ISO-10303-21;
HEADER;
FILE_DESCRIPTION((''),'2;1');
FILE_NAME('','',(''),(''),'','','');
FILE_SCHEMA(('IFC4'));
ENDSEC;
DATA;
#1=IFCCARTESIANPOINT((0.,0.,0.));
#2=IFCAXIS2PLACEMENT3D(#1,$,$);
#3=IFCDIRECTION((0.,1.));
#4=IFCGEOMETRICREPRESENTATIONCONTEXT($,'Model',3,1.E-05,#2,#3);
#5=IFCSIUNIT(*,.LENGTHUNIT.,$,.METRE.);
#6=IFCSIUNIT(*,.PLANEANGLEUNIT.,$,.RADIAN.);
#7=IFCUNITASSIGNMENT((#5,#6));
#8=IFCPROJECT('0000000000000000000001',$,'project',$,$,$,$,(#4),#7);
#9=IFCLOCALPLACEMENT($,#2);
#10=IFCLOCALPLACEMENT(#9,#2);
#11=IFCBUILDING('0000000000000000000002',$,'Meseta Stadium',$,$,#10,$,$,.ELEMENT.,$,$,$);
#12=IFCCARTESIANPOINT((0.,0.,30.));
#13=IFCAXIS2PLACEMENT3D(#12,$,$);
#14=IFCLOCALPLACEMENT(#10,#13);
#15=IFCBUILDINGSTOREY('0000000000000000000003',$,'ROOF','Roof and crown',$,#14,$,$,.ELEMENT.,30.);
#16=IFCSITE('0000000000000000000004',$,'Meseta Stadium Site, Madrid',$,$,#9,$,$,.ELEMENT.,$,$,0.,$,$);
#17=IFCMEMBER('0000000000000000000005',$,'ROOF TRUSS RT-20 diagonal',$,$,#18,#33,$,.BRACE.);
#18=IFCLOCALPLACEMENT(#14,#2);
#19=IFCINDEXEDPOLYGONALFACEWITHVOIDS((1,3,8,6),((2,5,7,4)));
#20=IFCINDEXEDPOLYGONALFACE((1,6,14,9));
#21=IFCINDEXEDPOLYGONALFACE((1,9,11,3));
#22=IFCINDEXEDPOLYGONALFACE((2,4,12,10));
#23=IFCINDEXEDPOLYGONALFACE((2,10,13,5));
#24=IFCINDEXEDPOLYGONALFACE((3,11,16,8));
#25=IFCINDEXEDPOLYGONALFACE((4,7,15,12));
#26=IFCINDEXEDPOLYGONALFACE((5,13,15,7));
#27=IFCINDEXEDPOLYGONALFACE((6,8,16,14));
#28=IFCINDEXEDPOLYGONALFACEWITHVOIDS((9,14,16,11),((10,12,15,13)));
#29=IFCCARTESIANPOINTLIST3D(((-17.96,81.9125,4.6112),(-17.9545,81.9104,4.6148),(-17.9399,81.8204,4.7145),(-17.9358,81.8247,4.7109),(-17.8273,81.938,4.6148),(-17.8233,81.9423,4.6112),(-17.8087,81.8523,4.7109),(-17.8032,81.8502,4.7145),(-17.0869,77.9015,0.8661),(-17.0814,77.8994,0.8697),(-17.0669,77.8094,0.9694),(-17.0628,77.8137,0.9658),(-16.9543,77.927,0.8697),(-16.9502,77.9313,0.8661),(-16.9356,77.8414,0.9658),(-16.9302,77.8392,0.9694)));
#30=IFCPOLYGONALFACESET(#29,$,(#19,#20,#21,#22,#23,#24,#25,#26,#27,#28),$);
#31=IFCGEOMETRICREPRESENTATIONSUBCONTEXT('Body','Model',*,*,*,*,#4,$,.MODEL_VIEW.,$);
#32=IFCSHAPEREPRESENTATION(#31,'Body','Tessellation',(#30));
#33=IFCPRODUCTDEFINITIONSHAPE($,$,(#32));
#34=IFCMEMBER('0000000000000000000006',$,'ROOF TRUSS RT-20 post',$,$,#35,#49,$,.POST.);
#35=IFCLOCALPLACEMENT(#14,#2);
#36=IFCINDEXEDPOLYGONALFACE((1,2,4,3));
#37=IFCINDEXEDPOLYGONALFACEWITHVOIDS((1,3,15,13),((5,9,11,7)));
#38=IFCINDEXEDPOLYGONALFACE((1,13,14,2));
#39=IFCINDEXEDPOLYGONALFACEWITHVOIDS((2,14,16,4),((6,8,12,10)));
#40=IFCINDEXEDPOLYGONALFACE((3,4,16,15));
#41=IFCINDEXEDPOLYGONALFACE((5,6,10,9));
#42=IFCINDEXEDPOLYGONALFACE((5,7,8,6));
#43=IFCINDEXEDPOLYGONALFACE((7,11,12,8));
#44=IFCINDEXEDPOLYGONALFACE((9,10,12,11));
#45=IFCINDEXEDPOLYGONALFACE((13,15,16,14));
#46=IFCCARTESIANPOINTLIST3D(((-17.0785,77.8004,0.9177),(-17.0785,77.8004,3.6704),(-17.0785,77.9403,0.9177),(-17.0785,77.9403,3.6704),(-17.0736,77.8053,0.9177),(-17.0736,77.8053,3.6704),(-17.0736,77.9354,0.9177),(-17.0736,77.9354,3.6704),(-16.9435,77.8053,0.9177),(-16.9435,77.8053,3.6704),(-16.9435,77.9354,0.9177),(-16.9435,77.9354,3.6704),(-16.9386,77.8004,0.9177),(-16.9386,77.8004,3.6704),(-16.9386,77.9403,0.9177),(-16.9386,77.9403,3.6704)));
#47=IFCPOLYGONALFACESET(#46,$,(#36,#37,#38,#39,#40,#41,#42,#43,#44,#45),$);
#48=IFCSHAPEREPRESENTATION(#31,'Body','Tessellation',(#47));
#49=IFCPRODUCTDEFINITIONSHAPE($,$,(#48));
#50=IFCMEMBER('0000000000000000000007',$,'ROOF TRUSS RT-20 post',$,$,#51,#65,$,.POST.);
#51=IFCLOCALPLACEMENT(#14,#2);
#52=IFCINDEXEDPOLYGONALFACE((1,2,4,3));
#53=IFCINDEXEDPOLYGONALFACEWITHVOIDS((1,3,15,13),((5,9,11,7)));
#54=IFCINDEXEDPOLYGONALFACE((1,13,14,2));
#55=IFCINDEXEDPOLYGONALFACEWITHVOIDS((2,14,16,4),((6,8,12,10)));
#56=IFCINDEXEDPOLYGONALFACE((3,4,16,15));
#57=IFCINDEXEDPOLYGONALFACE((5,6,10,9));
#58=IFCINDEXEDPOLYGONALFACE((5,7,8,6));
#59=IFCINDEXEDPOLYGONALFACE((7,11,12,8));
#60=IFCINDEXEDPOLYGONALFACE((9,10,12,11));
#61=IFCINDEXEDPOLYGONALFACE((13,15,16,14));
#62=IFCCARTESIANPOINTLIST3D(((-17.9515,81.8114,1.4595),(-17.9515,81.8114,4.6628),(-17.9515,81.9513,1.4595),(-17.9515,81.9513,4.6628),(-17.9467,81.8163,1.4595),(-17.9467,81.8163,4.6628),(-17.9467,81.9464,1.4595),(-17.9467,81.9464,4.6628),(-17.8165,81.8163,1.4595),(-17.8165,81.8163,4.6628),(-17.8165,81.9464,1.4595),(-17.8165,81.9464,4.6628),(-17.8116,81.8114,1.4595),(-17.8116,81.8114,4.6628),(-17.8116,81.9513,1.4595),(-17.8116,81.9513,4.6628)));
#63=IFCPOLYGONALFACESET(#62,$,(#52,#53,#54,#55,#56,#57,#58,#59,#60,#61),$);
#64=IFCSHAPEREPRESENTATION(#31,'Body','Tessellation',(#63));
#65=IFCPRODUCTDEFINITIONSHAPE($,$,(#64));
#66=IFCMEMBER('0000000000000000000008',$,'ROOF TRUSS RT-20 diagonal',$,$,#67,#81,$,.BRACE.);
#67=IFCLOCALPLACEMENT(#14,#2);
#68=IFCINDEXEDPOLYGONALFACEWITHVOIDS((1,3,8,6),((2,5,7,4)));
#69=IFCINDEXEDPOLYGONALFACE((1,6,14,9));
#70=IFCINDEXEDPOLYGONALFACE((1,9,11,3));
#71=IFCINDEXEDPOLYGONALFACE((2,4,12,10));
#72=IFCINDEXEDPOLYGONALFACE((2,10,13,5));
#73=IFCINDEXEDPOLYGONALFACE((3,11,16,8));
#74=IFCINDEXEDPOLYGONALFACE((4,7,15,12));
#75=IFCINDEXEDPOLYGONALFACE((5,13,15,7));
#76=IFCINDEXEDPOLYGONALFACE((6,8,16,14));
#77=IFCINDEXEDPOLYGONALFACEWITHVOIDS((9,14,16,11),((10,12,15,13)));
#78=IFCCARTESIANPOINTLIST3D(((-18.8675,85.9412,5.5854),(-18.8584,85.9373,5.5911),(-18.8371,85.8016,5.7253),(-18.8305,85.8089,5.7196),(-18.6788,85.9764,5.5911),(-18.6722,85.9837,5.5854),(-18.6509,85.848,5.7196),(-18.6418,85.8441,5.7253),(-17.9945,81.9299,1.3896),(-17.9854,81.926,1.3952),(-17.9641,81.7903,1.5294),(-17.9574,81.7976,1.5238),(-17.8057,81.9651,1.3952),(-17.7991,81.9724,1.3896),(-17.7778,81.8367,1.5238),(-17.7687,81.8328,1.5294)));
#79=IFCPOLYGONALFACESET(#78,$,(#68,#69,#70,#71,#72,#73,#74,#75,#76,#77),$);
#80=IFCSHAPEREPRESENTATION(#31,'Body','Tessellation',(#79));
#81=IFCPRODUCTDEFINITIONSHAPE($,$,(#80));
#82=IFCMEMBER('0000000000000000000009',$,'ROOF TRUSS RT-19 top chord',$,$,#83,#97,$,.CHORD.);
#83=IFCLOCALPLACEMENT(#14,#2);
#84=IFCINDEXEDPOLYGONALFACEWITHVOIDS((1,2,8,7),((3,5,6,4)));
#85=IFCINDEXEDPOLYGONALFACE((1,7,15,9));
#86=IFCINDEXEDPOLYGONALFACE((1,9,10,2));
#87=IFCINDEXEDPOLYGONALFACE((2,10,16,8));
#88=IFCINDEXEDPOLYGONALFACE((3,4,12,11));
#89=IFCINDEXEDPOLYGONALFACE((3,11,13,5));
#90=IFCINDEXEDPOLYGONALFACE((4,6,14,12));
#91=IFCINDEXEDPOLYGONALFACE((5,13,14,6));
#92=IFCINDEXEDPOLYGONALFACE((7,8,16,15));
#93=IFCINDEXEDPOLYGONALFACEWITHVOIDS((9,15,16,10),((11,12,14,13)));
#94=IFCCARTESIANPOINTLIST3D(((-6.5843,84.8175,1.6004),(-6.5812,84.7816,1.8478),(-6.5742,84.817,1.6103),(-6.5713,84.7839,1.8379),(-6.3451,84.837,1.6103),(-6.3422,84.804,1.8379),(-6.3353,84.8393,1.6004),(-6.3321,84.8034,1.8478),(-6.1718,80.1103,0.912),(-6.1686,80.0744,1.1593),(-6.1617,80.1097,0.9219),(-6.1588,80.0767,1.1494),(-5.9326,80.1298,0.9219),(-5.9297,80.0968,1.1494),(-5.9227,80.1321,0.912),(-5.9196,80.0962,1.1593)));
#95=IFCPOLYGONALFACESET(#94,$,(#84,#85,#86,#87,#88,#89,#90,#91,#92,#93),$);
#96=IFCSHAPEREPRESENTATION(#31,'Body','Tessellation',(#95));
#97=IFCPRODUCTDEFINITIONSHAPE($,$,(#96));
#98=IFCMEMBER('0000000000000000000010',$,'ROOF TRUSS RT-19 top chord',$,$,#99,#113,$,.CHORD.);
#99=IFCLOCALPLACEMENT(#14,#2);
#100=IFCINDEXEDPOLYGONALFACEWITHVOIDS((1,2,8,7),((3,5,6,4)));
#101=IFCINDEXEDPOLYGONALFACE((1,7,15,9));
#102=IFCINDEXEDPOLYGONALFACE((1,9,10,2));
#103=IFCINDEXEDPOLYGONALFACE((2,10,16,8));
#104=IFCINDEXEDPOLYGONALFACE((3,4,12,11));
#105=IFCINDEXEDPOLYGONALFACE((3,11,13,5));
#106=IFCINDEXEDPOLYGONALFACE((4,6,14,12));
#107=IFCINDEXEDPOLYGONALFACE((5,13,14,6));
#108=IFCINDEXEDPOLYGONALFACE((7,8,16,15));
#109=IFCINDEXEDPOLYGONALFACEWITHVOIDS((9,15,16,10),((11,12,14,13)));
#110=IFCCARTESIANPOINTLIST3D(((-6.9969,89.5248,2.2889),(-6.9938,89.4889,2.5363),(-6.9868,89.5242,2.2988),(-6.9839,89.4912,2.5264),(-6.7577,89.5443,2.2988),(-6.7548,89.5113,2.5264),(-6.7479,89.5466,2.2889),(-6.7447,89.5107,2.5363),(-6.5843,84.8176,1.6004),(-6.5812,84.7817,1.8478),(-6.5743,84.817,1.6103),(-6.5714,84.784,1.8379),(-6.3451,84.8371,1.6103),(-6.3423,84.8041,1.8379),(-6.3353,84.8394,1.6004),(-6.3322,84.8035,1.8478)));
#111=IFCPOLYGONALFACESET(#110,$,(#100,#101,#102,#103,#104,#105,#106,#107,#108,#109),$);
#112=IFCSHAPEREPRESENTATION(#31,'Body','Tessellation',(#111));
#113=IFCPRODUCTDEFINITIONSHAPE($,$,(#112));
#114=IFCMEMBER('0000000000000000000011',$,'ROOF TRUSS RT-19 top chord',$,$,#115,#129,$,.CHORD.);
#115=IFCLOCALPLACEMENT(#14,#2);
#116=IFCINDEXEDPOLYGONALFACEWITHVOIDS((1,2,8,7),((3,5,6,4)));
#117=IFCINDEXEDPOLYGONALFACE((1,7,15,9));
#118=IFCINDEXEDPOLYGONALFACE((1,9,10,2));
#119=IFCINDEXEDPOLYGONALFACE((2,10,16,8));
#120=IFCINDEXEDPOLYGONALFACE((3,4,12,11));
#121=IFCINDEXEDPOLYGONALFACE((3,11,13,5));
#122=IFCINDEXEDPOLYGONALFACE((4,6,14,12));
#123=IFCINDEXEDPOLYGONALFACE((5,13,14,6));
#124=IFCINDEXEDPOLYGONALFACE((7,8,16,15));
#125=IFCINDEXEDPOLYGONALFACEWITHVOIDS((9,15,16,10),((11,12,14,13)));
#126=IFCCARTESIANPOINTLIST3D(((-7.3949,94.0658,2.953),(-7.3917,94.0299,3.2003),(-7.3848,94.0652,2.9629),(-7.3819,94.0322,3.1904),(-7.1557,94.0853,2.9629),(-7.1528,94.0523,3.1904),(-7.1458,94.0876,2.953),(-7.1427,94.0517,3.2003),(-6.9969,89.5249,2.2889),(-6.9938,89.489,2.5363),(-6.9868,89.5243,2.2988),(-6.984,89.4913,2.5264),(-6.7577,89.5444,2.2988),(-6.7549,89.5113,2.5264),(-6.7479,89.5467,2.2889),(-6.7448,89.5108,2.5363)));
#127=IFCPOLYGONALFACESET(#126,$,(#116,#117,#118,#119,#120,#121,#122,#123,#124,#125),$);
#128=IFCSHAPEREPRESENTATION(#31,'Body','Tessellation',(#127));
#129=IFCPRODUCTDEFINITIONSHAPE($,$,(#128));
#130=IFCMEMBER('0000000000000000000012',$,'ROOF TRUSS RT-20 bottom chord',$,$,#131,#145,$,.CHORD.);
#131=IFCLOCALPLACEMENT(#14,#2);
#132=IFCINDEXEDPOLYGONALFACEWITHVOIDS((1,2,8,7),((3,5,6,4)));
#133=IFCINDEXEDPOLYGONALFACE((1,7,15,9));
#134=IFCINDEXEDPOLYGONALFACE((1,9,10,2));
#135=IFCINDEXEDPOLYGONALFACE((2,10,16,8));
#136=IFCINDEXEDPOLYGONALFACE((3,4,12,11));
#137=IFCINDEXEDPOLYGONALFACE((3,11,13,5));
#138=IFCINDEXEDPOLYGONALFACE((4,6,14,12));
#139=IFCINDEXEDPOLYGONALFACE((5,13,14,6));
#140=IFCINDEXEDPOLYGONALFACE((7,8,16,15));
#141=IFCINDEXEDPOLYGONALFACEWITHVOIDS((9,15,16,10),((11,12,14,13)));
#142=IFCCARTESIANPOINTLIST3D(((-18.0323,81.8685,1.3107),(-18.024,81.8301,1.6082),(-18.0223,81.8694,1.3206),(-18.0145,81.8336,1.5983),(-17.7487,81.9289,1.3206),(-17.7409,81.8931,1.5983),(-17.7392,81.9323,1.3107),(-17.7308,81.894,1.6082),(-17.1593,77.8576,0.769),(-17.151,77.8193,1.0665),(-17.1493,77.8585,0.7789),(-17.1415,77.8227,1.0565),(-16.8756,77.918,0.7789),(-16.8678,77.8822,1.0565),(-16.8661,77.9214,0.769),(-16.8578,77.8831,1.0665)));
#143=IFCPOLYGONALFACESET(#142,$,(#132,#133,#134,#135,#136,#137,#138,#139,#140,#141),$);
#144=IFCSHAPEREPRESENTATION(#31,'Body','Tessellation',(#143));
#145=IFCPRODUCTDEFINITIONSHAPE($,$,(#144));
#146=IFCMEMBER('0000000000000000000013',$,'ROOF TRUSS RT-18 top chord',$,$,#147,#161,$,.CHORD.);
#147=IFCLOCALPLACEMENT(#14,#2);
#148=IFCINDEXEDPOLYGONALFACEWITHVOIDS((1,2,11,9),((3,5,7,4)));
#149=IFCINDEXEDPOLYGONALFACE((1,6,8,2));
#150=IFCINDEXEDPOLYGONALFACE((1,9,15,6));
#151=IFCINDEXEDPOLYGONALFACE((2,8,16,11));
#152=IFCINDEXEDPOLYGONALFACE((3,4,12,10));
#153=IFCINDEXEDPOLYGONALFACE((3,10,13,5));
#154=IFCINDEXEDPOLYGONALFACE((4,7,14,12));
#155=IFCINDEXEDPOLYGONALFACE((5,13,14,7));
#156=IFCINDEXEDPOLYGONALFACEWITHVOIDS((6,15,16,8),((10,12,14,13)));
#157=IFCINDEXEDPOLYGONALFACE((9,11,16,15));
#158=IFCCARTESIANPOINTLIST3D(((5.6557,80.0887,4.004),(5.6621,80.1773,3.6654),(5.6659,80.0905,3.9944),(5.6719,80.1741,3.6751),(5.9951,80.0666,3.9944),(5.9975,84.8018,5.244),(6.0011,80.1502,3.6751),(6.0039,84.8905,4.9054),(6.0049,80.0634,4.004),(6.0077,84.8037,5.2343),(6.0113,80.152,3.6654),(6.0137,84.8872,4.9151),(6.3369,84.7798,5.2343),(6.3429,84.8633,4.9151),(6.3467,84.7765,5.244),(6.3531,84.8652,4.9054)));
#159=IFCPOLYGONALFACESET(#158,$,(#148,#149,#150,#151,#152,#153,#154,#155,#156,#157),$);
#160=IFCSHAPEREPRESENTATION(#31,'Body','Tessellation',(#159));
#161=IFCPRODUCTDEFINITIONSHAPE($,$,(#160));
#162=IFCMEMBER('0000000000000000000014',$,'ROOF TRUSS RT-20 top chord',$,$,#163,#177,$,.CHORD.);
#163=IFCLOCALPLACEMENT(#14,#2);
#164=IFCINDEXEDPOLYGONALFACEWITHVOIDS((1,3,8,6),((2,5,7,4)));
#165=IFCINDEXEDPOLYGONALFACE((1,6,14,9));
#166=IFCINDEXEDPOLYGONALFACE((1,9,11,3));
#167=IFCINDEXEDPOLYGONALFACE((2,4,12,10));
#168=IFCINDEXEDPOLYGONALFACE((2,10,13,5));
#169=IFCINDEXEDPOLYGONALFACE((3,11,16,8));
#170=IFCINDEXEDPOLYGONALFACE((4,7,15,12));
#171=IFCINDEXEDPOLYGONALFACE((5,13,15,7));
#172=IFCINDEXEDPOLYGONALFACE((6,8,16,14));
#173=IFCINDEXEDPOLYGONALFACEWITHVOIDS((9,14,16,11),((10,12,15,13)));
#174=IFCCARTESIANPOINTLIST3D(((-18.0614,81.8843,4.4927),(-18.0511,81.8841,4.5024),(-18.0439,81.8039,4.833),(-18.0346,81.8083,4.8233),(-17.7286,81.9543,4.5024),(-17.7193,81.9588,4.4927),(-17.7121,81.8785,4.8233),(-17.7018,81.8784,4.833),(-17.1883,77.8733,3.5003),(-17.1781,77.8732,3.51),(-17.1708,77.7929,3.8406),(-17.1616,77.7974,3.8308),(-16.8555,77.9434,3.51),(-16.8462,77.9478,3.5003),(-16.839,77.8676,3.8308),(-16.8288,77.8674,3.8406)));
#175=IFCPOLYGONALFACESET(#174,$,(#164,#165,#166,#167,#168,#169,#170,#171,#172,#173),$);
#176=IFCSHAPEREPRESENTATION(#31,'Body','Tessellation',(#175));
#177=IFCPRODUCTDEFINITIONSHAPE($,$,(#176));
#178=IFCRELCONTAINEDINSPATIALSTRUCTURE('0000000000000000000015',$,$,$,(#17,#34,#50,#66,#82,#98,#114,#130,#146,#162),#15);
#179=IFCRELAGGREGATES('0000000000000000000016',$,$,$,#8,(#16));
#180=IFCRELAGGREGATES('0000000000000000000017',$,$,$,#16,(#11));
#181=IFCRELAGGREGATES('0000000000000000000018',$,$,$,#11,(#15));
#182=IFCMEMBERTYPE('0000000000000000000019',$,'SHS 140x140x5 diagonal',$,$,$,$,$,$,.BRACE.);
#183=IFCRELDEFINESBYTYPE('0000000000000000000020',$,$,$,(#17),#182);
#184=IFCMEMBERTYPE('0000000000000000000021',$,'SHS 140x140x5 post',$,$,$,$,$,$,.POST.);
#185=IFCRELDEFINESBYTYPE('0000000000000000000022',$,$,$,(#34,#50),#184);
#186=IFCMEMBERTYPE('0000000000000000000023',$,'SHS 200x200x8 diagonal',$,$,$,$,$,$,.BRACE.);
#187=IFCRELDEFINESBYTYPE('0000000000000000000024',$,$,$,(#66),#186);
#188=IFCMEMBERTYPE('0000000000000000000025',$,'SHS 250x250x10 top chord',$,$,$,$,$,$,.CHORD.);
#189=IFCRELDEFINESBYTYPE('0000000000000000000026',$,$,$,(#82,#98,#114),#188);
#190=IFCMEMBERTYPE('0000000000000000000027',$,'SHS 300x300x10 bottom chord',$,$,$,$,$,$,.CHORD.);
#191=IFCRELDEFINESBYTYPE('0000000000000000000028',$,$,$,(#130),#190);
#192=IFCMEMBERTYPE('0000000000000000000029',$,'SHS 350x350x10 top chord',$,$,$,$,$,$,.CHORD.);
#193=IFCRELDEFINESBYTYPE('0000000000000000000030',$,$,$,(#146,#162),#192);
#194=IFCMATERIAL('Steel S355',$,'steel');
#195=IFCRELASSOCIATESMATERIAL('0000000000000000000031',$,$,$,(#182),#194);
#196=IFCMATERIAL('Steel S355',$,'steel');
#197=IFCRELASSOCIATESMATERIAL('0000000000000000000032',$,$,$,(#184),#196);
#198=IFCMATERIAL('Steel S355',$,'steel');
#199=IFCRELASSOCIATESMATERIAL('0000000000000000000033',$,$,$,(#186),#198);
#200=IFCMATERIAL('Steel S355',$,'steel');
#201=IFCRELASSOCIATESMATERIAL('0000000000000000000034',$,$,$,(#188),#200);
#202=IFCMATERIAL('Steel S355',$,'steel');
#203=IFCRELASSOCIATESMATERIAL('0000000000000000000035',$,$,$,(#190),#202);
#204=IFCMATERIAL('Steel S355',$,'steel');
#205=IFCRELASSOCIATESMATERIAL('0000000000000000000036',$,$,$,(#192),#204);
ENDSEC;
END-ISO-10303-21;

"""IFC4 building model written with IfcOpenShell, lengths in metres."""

from ifc_helpers import new_model, si_unit, direction, frame, origin, origin_2d, place, context, subcontext, project, spatial, hollow_rectangle, extrude, material, material_profile, profile_set, type_object, element, save


model = new_model("IFC4")

# Units and contexts
model_context = context("Model", 3, precision=1e-05, world=origin(), true_north=direction((0.0, 1.0)))
body_context = subcontext(model_context, "Body", "Model", "MODEL_VIEW")
ifc_project = project(units=[si_unit("LENGTHUNIT", "METRE"), si_unit("PLANEANGLEUNIT", "RADIAN")], contexts=[model_context])

# Site, building, storey
site_placement = place(None, origin())
site = spatial("IfcSite", under=ifc_project, at=site_placement, Name="Meseta Stadium Site, Madrid", CompositionType="ELEMENT", RefElevation=0.0)
building_placement = place(site_placement, origin())
building = spatial("IfcBuilding", under=site, at=building_placement, Name="Meseta Stadium", CompositionType="ELEMENT")
storey_placement = place(building_placement, frame((0.0, 0.0, 30.0)))
storey = spatial("IfcBuildingStorey", under=building, at=storey_placement, Name="ROOF", Description="Roof and crown", CompositionType="ELEMENT", Elevation=30.0)

# Members
ifc_material_1 = material(Name="Steel S355", Category="steel")
ifc_material_profile_1 = material_profile(ifc_material_1, hollow_rectangle(XDim=0.1399, YDim=0.1399, WallThickness=0.0049, at=origin_2d()), Name="SHS 140x140x5")
ifc_profile_set_1 = profile_set([ifc_material_profile_1], Name="Steel S355")
member_type_1 = type_object("IfcMemberType", Name="SHS 140x140x5 diagonal", PredefinedType="BRACE", material=ifc_profile_set_1)
member_1_placement = place(storey_placement, frame((-17.0085, 77.8704, 0.9177), z_axis=(-0.157118, 0.721838, 0.673991), x_axis=(-0.977121, -0.212684, 0.0)))
element("IfcMember", 1, at=member_1_placement, inside=storey, type_object=member_type_1, Name="ROOF TRUSS RT-20 diagonal", PredefinedType="BRACE", context=body_context, shape_type="SweptSolid", body=[
    extrude(hollow_rectangle(XDim=0.1399, YDim=0.1399, WallThickness=0.0049, at=origin_2d()), origin(), (0.0, 0.0, 1.0), 5.5566),
])
ifc_material_2 = material(Name="Steel S355", Category="steel")
ifc_material_profile_2 = material_profile(ifc_material_2, hollow_rectangle(XDim=0.1399, YDim=0.1399, WallThickness=0.0049, at=origin_2d()), Name="SHS 140x140x5")
ifc_profile_set_2 = profile_set([ifc_material_profile_2], Name="Steel S355")
member_type_2 = type_object("IfcMemberType", Name="SHS 140x140x5 post", PredefinedType="POST", material=ifc_profile_set_2)
member_2_placement = place(storey_placement, frame((-17.0085, 77.8704, 0.9177), z_axis=(0.0, 0.0, 1.0), x_axis=(1.0, 0.0, 0.0)))
element("IfcMember", 2, at=member_2_placement, inside=storey, type_object=member_type_2, Name="ROOF TRUSS RT-20 post", PredefinedType="POST", context=body_context, shape_type="SweptSolid", body=[
    extrude(hollow_rectangle(XDim=0.1399, YDim=0.1399, WallThickness=0.0049, at=origin_2d()), origin(), (0.0, 0.0, 1.0), 2.7527),
])
member_3_placement = place(storey_placement, frame((-17.8816, 81.8813, 1.4595), z_axis=(0.0, 0.0, 1.0), x_axis=(1.0, 0.0, 0.0)))
element("IfcMember", 3, at=member_3_placement, inside=storey, type_object=member_type_2, Name="ROOF TRUSS RT-20 post", PredefinedType="POST", context=body_context, shape_type="SweptSolid", body=[
    extrude(hollow_rectangle(XDim=0.1399, YDim=0.1399, WallThickness=0.0049, at=origin_2d()), origin(), (0.0, 0.0, 1.0), 3.2034),
])
ifc_material_3 = material(Name="Steel S355", Category="steel")
ifc_material_profile_3 = material_profile(ifc_material_3, hollow_rectangle(XDim=0.2, YDim=0.2, WallThickness=0.0081, at=origin_2d()), Name="SHS 200x200x8")
ifc_profile_set_3 = profile_set([ifc_material_profile_3], Name="Steel S355")
member_type_3 = type_object("IfcMemberType", Name="SHS 200x200x8 diagonal", PredefinedType="BRACE", material=ifc_profile_set_3)
member_4_placement = place(storey_placement, frame((-17.8816, 81.8813, 1.4595), z_axis=(-0.14873, 0.683344, 0.714787), x_axis=(-0.977124, -0.212672, 0.0)))
element("IfcMember", 4, at=member_4_placement, inside=storey, type_object=member_type_3, Name="ROOF TRUSS RT-20 diagonal", PredefinedType="BRACE", context=body_context, shape_type="SweptSolid", body=[
    extrude(hollow_rectangle(XDim=0.2, YDim=0.2, WallThickness=0.0081, at=origin_2d()), origin(), (0.0, 0.0, 1.0), 5.8701),
])
ifc_material_4 = material(Name="Steel S355", Category="steel")
ifc_material_profile_4 = material_profile(ifc_material_4, hollow_rectangle(XDim=0.25, YDim=0.25, WallThickness=0.01, at=origin_2d()), Name="SHS 250x250x10")
ifc_profile_set_4 = profile_set([ifc_material_profile_4], Name="Steel S355")
member_type_4 = type_object("IfcMemberType", Name="SHS 250x250x10 top chord", PredefinedType="CHORD", material=ifc_profile_set_4)
for number, where, z_axis, x_axis, name in (
    (5, (-6.0457, 80.1033, 1.0356), (-0.086404, 0.985772, 0.144177), (-0.996181, -0.087316, 0.0), "ROOF TRUSS RT-19 top chord"),
    (6, (-6.4583, 84.8105, 1.7241), (-0.086404, 0.985772, 0.144177), (-0.996181, -0.087316, 0.0), "ROOF TRUSS RT-19 top chord"),
):
    element("IfcMember", number, at=place(storey_placement, frame(where, z_axis=z_axis, x_axis=x_axis)), inside=storey, type_object=member_type_4, Name=name, PredefinedType="CHORD", context=body_context, shape_type="SweptSolid", body=[
        extrude(hollow_rectangle(XDim=0.25, YDim=0.25, WallThickness=0.01, at=origin_2d()), origin(), (0.0, 0.0, 1.0), 4.7751),
    ])
member_5_placement = place(storey_placement, frame((-6.8708, 89.5178, 2.4126), z_axis=(-0.086388, 0.985777, 0.144157), x_axis=(-0.996182, -0.0873, 0.0)))
element("IfcMember", 7, at=member_5_placement, inside=storey, type_object=member_type_4, Name="ROOF TRUSS RT-19 top chord", PredefinedType="CHORD", context=body_context, shape_type="SweptSolid", body=[
    extrude(hollow_rectangle(XDim=0.25, YDim=0.25, WallThickness=0.01, at=origin_2d()), origin(), (0.0, 0.0, 1.0), 4.6064),
])
ifc_material_5 = material(Name="Steel S355", Category="steel")
ifc_material_profile_5 = material_profile(ifc_material_5, hollow_rectangle(XDim=0.3, YDim=0.3, WallThickness=0.01, at=origin_2d()), Name="SHS 300x300x10")
ifc_profile_set_5 = profile_set([ifc_material_profile_5], Name="Steel S355")
member_type_5 = type_object("IfcMemberType", Name="SHS 300x300x10 bottom chord", PredefinedType="CHORD", material=ifc_profile_set_5)
member_6_placement = place(storey_placement, frame((-17.0085, 77.8704, 0.9177), z_axis=(-0.210856, 0.968721, 0.130841), x_axis=(-0.977121, -0.212684, 0.0)))
element("IfcMember", 8, at=member_6_placement, inside=storey, type_object=member_type_5, Name="ROOF TRUSS RT-20 bottom chord", PredefinedType="CHORD", context=body_context, shape_type="SweptSolid", body=[
    extrude(hollow_rectangle(XDim=0.3, YDim=0.3, WallThickness=0.01, at=origin_2d()), origin(), (0.0, 0.0, 1.0), 4.1404),
])
ifc_material_6 = material(Name="Steel S355", Category="steel")
ifc_material_profile_6 = material_profile(ifc_material_6, hollow_rectangle(XDim=0.3501, YDim=0.3501, WallThickness=0.01, at=origin_2d()), Name="SHS 350x350x10")
ifc_profile_set_6 = profile_set([ifc_material_profile_6], Name="Steel S355")
member_type_6 = type_object("IfcMemberType", Name="SHS 350x350x10 top chord", PredefinedType="CHORD", material=ifc_profile_set_6)
member_7_placement = place(storey_placement, frame((5.8335, 80.1204, 3.8347), z_axis=(0.069962, 0.96472, 0.253811), x_axis=(-0.997381, 0.07233, 0.0)))
element("IfcMember", 9, at=member_7_placement, inside=storey, type_object=member_type_6, Name="ROOF TRUSS RT-18 top chord", PredefinedType="CHORD", context=body_context, shape_type="SweptSolid", body=[
    extrude(hollow_rectangle(XDim=0.3501, YDim=0.3501, WallThickness=0.01, at=origin_2d()), origin(), (0.0, 0.0, 1.0), 4.8855),
])
member_8_placement = place(storey_placement, frame((-17.0085, 77.8704, 3.6704), z_axis=(-0.206728, 0.949758, 0.234997), x_axis=(-0.977121, -0.212684, 0.0)))
element("IfcMember", 10, at=member_8_placement, inside=storey, type_object=member_type_6, Name="ROOF TRUSS RT-20 top chord", PredefinedType="CHORD", context=body_context, shape_type="SweptSolid", body=[
    extrude(hollow_rectangle(XDim=0.3501, YDim=0.3501, WallThickness=0.01, at=origin_2d()), origin(), (0.0, 0.0, 1.0), 4.2231),
])

save(model, "model.ifc")
